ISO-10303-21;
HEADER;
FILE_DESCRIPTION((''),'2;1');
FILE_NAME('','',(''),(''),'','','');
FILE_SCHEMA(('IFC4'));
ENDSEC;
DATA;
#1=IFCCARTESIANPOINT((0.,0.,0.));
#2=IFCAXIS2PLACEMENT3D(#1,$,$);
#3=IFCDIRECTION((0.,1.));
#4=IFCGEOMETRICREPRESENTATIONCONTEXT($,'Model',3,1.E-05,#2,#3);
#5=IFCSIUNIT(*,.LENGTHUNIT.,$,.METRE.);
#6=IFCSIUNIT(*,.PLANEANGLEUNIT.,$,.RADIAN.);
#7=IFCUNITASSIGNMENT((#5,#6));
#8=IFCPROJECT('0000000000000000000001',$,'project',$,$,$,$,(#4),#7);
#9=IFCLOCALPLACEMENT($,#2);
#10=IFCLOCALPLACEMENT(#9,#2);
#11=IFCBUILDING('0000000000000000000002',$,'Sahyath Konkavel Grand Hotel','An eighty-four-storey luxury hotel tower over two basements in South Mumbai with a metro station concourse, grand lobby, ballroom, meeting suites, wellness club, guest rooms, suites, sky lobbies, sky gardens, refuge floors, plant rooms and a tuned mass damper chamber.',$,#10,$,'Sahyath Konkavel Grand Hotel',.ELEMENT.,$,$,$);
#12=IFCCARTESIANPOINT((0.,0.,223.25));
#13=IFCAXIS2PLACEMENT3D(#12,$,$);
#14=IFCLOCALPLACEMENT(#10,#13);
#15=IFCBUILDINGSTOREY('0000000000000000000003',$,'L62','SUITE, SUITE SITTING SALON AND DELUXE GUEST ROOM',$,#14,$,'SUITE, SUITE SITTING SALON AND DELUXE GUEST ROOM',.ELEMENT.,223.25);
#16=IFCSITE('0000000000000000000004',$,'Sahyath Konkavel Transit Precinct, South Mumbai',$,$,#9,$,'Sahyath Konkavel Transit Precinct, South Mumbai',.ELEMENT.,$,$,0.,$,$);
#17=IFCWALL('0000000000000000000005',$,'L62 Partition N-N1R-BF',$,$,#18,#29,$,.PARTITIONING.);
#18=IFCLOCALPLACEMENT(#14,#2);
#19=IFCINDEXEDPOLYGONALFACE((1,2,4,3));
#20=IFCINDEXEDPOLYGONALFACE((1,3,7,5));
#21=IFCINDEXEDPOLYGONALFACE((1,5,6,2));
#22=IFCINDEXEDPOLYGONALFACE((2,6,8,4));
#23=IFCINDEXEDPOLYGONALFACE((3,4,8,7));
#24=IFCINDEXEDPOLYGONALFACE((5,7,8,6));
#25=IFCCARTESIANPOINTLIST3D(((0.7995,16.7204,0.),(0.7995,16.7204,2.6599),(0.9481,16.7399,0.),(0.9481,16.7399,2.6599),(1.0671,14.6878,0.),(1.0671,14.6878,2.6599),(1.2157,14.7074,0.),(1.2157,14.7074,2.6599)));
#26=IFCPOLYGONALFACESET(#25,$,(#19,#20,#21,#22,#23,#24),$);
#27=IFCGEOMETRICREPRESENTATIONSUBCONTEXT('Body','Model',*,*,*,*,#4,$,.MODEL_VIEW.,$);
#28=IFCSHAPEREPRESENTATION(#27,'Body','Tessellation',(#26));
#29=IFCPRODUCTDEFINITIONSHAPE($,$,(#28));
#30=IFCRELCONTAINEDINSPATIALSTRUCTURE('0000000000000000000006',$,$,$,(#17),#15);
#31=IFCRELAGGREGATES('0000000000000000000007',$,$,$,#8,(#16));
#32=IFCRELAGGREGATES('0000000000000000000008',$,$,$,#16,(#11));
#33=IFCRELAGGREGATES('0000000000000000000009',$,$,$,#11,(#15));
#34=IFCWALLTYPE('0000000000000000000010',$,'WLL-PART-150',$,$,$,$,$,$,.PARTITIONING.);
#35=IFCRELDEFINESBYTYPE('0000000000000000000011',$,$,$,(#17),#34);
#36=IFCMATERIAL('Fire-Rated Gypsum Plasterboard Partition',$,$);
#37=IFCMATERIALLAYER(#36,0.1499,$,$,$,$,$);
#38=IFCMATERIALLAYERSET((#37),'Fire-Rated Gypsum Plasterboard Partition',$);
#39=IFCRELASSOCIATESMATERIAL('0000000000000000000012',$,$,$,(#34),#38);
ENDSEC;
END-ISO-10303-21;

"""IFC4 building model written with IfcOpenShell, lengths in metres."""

from ifc_helpers import new_model, si_unit, direction, frame, frame_2d, origin, place, context, subcontext, project, spatial, rectangle, extrude, material, layer, layer_set, type_object, element, save


model = new_model("IFC4")

# Units and contexts
model_context = context("Model", 3, precision=1e-05, world=origin(), true_north=direction((0.0, 1.0)))
body_context = subcontext(model_context, "Body", "Model", "MODEL_VIEW")
ifc_project = project(units=[si_unit("LENGTHUNIT", "METRE"), si_unit("PLANEANGLEUNIT", "RADIAN")], contexts=[model_context])

# Site, building, storey
site_placement = place(None, origin())
site = spatial("IfcSite", under=ifc_project, at=site_placement, Name="Sahyath Konkavel Transit Precinct, South Mumbai", LongName="Sahyath Konkavel Transit Precinct, South Mumbai", CompositionType="ELEMENT", RefElevation=0.0)
building_placement = place(site_placement, origin())
building = spatial("IfcBuilding", under=site, at=building_placement, Name="Sahyath Konkavel Grand Hotel", Description="An eighty-four-storey luxury hotel tower over two basements in South Mumbai with a metro station concourse, grand lobby, ballroom, meeting suites, wellness club, guest rooms, suites, sky lobbies, sky gardens, refuge floors, plant rooms and a tuned mass damper chamber.", LongName="Sahyath Konkavel Grand Hotel", CompositionType="ELEMENT")
storey_placement = place(building_placement, frame((0.0, 0.0, 223.25)))
storey = spatial("IfcBuildingStorey", under=building, at=storey_placement, Name="L62", Description="SUITE, SUITE SITTING SALON AND DELUXE GUEST ROOM", LongName="SUITE, SUITE SITTING SALON AND DELUXE GUEST ROOM", CompositionType="ELEMENT", Elevation=223.25)

# Wall
ifc_material_1 = material(Name="Fire-Rated Gypsum Plasterboard Partition")
ifc_layer_1 = layer(ifc_material_1, 0.1499)
ifc_layer_set_1 = layer_set([ifc_layer_1], Name="Fire-Rated Gypsum Plasterboard Partition")
wall_type_1 = type_object("IfcWallType", Name="WLL-PART-150", PredefinedType="PARTITIONING", material=ifc_layer_set_1)
wall_1_placement = place(storey_placement, frame((1.1414, 14.6978, 0.0), z_axis=(0.0, 0.0, 1.0), x_axis=(-0.130525, 0.991445, 0.0)))
element("IfcWall", 1, at=wall_1_placement, inside=storey, type_object=wall_type_1, Name="L62 Partition N-N1R-BF", PredefinedType="PARTITIONING", context=body_context, shape_type="SweptSolid", body=[
    extrude(rectangle(XDim=2.05, YDim=0.1499, at=frame_2d((1.0249, 0.0))), origin(), (0.0, 0.0, 1.0), 2.6599),
])

save(model, "model.ifc")
